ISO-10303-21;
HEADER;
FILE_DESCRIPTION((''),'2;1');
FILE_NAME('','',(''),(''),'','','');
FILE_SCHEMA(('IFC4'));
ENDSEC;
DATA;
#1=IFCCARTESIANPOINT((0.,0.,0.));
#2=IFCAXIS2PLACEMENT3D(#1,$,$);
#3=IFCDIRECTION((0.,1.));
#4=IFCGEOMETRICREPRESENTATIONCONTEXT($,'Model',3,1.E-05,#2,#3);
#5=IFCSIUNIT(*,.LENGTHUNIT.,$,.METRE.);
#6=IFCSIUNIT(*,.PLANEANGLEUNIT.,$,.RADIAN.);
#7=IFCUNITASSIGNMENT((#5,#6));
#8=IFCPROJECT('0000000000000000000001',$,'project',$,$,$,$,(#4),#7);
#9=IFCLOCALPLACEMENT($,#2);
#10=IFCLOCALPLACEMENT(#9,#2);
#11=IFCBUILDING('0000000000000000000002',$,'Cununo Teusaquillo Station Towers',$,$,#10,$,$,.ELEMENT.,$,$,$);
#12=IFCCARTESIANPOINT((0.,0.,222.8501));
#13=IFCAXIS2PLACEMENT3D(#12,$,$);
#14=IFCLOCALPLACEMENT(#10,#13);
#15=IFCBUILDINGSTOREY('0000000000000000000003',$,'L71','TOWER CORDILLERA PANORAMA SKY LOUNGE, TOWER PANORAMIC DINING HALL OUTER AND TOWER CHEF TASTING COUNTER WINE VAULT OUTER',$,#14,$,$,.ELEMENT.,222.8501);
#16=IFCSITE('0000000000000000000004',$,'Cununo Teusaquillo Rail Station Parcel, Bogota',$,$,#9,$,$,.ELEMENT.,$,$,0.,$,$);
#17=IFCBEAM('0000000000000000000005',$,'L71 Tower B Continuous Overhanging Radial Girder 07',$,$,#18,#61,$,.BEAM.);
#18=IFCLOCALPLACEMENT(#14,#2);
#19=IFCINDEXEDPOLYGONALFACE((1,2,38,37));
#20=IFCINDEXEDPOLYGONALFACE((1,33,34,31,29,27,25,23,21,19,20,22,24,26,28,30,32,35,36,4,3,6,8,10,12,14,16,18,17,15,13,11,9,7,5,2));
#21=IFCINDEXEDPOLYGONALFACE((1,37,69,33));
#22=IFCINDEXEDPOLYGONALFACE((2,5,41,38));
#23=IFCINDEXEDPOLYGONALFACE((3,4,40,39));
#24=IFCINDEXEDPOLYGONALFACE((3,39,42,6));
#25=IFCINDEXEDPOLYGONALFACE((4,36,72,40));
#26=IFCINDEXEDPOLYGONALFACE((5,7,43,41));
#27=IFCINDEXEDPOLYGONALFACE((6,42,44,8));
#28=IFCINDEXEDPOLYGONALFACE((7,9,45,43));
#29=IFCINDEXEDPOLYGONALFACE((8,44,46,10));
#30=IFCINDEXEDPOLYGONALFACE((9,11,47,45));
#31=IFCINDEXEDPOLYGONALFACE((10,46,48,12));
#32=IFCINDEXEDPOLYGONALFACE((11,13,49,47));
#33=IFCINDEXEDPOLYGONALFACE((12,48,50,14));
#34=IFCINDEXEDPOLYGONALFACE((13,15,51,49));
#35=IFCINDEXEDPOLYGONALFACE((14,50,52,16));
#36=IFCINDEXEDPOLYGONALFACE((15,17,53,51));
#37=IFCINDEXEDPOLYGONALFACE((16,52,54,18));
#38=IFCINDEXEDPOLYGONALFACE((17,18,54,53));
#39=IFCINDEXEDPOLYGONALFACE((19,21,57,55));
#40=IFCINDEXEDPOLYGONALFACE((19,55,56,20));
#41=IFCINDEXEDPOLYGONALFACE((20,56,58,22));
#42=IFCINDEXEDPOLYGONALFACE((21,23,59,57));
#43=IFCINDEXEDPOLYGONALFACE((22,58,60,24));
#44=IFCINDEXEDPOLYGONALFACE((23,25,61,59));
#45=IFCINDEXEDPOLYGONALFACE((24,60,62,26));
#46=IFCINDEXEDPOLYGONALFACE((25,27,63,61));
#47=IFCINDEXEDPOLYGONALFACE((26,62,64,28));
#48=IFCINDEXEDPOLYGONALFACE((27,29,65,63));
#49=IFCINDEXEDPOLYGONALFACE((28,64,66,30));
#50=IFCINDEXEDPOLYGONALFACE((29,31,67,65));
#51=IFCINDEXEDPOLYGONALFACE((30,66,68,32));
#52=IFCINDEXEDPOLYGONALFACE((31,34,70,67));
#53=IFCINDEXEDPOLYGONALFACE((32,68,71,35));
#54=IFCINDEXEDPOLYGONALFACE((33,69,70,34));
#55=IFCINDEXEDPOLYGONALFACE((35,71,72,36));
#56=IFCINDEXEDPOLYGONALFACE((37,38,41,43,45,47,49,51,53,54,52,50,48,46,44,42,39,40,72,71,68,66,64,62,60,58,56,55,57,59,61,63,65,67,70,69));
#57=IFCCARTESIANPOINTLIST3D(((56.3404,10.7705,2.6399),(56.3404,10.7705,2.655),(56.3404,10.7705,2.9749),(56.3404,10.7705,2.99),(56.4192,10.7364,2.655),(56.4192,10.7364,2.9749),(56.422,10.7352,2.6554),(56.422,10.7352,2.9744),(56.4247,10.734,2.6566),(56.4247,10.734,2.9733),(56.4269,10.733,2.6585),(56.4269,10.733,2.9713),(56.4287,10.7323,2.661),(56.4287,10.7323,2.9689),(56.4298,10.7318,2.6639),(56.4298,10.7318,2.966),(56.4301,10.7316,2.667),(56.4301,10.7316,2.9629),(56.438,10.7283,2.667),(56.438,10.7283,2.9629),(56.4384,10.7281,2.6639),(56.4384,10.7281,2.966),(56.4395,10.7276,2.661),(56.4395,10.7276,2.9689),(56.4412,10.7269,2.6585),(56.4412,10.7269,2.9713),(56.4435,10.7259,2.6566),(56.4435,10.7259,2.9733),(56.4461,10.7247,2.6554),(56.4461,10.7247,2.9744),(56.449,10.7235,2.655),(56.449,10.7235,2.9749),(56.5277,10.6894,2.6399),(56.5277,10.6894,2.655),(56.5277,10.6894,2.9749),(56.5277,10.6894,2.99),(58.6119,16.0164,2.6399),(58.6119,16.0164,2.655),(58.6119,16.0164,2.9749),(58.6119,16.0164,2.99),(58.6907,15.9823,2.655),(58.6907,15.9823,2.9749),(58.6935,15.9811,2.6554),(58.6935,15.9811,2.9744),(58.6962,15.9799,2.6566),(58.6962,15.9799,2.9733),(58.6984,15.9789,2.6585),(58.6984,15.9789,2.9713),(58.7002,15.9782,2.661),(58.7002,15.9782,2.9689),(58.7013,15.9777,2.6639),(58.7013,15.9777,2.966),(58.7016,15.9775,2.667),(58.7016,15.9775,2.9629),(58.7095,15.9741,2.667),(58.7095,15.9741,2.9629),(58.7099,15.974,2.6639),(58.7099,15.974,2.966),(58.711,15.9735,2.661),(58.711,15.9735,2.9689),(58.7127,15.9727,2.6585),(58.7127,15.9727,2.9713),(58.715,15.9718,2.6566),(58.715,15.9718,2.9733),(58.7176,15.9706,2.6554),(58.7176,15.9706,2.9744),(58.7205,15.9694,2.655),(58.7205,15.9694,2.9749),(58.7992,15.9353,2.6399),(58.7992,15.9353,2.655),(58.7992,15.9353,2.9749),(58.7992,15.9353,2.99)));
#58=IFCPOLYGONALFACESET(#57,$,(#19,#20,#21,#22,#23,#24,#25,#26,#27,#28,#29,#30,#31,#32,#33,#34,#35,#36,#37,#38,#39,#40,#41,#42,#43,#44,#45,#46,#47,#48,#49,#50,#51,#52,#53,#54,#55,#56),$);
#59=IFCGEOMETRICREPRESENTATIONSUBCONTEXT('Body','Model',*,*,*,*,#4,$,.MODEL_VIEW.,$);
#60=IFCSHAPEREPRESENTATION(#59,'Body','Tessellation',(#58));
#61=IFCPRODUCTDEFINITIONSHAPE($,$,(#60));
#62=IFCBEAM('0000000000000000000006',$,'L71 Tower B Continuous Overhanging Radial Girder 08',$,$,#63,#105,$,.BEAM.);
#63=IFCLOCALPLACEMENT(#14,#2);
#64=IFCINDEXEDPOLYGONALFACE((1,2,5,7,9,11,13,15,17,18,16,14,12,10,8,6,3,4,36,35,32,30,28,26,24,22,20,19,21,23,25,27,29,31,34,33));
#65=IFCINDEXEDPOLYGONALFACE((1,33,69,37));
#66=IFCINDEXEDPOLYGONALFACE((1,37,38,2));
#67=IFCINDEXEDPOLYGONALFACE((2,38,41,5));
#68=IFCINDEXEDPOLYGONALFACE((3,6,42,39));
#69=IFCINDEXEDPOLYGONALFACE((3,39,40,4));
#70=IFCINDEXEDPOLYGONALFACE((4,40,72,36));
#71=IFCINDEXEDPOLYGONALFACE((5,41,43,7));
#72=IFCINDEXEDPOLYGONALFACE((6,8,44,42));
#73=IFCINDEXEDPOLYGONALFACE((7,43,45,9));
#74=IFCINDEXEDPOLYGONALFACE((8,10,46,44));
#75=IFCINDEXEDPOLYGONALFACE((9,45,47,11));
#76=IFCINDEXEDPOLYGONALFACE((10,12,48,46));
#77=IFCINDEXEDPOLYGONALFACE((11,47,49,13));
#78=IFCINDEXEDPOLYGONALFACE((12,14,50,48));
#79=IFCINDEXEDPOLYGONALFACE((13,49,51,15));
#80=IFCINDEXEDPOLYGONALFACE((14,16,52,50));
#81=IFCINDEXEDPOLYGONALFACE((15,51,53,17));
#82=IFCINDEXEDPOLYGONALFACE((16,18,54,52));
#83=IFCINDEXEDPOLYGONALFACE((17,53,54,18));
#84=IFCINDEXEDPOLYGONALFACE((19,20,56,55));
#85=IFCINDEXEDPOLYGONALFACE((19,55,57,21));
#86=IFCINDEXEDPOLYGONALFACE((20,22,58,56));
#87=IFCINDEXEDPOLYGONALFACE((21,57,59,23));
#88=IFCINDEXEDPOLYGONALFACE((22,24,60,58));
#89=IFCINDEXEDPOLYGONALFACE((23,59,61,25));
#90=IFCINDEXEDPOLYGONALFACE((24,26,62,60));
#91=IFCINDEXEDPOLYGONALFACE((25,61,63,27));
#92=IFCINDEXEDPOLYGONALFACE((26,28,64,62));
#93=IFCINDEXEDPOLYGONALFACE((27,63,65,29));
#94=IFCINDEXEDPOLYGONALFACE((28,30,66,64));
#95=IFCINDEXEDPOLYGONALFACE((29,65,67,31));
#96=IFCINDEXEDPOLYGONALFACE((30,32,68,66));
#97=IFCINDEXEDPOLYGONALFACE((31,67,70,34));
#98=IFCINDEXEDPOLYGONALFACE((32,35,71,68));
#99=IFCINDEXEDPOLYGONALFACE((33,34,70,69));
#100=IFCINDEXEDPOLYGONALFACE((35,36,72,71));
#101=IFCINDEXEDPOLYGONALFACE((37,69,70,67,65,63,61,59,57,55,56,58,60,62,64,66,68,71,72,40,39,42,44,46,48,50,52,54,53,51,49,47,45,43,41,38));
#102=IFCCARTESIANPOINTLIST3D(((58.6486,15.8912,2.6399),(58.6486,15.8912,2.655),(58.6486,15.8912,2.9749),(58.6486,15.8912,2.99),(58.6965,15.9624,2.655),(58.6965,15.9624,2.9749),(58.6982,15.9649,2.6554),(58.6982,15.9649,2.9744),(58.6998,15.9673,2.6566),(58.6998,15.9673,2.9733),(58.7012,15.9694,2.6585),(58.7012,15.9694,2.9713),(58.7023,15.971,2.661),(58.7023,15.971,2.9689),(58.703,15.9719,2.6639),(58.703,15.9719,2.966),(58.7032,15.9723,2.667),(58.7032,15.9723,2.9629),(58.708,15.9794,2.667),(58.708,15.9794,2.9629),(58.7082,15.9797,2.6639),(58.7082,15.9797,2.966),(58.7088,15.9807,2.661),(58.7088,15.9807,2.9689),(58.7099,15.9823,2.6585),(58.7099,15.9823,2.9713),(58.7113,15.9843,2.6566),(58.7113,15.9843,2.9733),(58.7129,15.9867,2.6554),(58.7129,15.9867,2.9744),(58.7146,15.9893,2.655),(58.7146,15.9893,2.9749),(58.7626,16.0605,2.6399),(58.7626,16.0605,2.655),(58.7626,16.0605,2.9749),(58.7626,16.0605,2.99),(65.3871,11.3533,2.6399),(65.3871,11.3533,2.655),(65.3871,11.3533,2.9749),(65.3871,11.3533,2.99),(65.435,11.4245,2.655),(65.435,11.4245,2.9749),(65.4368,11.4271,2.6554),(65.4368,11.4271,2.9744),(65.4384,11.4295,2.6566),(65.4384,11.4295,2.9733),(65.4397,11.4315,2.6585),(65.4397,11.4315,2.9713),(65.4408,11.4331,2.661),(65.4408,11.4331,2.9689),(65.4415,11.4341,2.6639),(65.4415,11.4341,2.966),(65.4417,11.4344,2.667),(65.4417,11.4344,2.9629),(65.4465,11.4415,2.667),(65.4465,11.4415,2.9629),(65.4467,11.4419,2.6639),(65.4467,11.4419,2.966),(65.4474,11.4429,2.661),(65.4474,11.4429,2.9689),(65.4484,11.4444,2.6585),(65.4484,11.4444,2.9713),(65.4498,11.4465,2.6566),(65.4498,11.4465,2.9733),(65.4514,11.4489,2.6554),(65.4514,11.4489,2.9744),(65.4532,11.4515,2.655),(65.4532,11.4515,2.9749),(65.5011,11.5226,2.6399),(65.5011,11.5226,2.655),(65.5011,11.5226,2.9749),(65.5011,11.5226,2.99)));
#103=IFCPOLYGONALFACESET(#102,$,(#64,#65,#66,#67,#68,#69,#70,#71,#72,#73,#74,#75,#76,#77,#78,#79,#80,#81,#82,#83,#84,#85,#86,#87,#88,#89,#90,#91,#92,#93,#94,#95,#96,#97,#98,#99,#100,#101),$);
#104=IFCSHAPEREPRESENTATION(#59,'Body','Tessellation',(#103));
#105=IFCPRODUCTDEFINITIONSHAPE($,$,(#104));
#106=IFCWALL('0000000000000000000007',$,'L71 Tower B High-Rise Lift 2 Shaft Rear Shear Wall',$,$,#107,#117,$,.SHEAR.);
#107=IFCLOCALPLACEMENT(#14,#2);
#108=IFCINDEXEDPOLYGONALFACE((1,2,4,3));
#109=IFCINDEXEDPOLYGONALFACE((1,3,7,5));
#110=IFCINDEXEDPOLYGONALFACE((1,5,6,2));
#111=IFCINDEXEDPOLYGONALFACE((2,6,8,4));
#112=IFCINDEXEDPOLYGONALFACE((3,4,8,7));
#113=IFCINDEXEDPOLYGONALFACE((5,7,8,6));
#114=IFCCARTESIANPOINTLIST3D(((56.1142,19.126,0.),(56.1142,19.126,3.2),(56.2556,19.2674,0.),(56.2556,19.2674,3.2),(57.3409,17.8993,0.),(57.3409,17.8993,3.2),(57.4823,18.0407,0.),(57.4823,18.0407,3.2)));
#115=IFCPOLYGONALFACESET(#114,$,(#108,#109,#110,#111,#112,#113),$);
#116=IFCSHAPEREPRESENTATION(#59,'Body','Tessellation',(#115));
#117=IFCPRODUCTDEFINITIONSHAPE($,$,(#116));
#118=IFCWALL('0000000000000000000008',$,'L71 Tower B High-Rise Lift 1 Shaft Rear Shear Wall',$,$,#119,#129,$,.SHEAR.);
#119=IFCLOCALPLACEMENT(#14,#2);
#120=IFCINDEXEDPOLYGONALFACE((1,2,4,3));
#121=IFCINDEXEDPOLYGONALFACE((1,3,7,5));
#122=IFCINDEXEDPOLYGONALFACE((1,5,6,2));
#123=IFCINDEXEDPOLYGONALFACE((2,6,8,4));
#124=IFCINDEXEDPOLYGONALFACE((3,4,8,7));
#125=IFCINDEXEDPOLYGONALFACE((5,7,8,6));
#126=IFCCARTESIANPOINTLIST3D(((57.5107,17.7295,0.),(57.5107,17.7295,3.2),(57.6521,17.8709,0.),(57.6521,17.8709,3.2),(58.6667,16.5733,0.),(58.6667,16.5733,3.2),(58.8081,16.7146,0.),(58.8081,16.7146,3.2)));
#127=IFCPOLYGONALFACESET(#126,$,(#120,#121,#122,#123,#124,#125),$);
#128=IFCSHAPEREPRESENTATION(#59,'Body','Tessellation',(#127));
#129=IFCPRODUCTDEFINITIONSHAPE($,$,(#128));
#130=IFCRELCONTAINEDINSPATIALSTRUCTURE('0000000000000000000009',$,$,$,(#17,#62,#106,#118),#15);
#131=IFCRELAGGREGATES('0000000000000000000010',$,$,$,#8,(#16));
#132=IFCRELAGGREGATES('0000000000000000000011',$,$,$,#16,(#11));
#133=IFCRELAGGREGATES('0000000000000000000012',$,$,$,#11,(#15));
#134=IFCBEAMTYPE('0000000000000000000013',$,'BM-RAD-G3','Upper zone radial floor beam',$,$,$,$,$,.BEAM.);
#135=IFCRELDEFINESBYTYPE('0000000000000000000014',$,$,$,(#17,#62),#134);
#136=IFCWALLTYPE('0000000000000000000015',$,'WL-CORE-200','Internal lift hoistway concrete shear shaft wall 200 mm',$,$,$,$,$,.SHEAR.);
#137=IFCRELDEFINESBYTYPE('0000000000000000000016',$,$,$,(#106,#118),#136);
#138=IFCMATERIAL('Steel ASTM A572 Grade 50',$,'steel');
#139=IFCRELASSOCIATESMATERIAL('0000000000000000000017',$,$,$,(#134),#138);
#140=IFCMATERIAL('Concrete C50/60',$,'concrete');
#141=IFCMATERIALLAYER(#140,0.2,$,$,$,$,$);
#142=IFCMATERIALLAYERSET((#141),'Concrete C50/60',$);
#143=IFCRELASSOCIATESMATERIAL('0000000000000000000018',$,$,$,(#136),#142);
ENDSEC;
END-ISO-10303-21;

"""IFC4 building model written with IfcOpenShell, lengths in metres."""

from ifc_helpers import new_model, si_unit, direction, frame, frame_2d, origin, origin_2d, place, context, subcontext, project, spatial, rectangle, i_section, extrude, material, layer, layer_set, material_profile, profile_set, type_object, element, save


model = new_model("IFC4")

# Units and contexts
model_context = context("Model", 3, precision=1e-05, world=origin(), true_north=direction((0.0, 1.0)))
body_context = subcontext(model_context, "Body", "Model", "MODEL_VIEW")
ifc_project = project(units=[si_unit("LENGTHUNIT", "METRE"), si_unit("PLANEANGLEUNIT", "RADIAN")], contexts=[model_context])

# Site, building, storey
site_placement = place(None, origin())
site = spatial("IfcSite", under=ifc_project, at=site_placement, Name="Cununo Teusaquillo Rail Station Parcel, Bogota", CompositionType="ELEMENT", RefElevation=0.0)
building_placement = place(site_placement, origin())
building = spatial("IfcBuilding", under=site, at=building_placement, Name="Cununo Teusaquillo Station Towers", CompositionType="ELEMENT")
storey_placement = place(building_placement, frame((0.0, 0.0, 222.8501)))
storey = spatial("IfcBuildingStorey", under=building, at=storey_placement, Name="L71", Description="TOWER CORDILLERA PANORAMA SKY LOUNGE, TOWER PANORAMIC DINING HALL OUTER AND TOWER CHEF TASTING COUNTER WINE VAULT OUTER", CompositionType="ELEMENT", Elevation=222.8501)

# Beams
ifc_material_1 = material(Name="Steel ASTM A572 Grade 50", Category="steel")
ifc_material_profile_1 = material_profile(ifc_material_1, i_section(OverallWidth=0.2041, OverallDepth=0.3501, WebThickness=0.0085, FlangeThickness=0.0151, FilletRadius=0.012, at=origin_2d()), Name="W14X48")
ifc_profile_set_1 = profile_set([ifc_material_profile_1], Name="Steel ASTM A572 Grade 50")
beam_type_1 = type_object("IfcBeamType", Name="BM-RAD-G3", Description="Upper zone radial floor beam", PredefinedType="BEAM", material=ifc_profile_set_1)
beam_1_placement = place(storey_placement, frame((58.7056, 15.9758, 2.8149), z_axis=(-0.397355, -0.917665, 0.0), x_axis=(0.917665, -0.397355, 0.0)))
element("IfcBeam", 1, at=beam_1_placement, inside=storey, type_object=beam_type_1, Name="L71 Tower B Continuous Overhanging Radial Girder 07", PredefinedType="BEAM", context=body_context, shape_type="SweptSolid", body=[
    extrude(i_section(OverallWidth=0.2041, OverallDepth=0.3501, WebThickness=0.0085, FlangeThickness=0.0151, FilletRadius=0.012, at=origin_2d()), origin(), (0.0, 0.0, 1.0), 5.7166),
])
beam_2_placement = place(storey_placement, frame((58.7056, 15.9758, 2.8149), z_axis=(0.829457, -0.558571, 0.0), x_axis=(0.558571, 0.829457, 0.0)))
element("IfcBeam", 2, at=beam_2_placement, inside=storey, type_object=beam_type_1, Name="L71 Tower B Continuous Overhanging Radial Girder 08", PredefinedType="BEAM", context=body_context, shape_type="SweptSolid", body=[
    extrude(i_section(OverallWidth=0.2041, OverallDepth=0.3501, WebThickness=0.0085, FlangeThickness=0.0151, FilletRadius=0.012, at=origin_2d()), origin(), (0.0, 0.0, 1.0), 8.124),
])

# Walls
ifc_material_2 = material(Name="Concrete C50/60", Category="concrete")
ifc_layer_1 = layer(ifc_material_2, 0.2)
ifc_layer_set_1 = layer_set([ifc_layer_1], Name="Concrete C50/60")
wall_type_1 = type_object("IfcWallType", Name="WL-CORE-200", Description="Internal lift hoistway concrete shear shaft wall 200 mm", PredefinedType="SHEAR", material=ifc_layer_set_1)
wall_1_placement = place(storey_placement, frame((57.4116, 17.97, 0.0), z_axis=(0.0, 0.0, 1.0), x_axis=(-0.707107, 0.707107, 0.0)))
element("IfcWall", 3, at=wall_1_placement, inside=storey, type_object=wall_type_1, Name="L71 Tower B High-Rise Lift 2 Shaft Rear Shear Wall", PredefinedType="SHEAR", context=body_context, shape_type="SweptSolid", body=[
    extrude(rectangle(XDim=1.7349, YDim=0.2, at=frame_2d((0.8674, 0.0))), origin(), (0.0, 0.0, 1.0), 3.2),
])
wall_2_placement = place(storey_placement, frame((58.7373, 16.644, 0.0), z_axis=(0.0, 0.0, 1.0), x_axis=(-0.707032, 0.707181, 0.0)))
element("IfcWall", 4, at=wall_2_placement, inside=storey, type_object=wall_type_1, Name="L71 Tower B High-Rise Lift 1 Shaft Rear Shear Wall", PredefinedType="SHEAR", context=body_context, shape_type="SweptSolid", body=[
    extrude(rectangle(XDim=1.635, YDim=0.2, at=frame_2d((0.8174, 0.0))), origin(), (0.0, 0.0, 1.0), 3.2),
])

save(model, "model.ifc")
